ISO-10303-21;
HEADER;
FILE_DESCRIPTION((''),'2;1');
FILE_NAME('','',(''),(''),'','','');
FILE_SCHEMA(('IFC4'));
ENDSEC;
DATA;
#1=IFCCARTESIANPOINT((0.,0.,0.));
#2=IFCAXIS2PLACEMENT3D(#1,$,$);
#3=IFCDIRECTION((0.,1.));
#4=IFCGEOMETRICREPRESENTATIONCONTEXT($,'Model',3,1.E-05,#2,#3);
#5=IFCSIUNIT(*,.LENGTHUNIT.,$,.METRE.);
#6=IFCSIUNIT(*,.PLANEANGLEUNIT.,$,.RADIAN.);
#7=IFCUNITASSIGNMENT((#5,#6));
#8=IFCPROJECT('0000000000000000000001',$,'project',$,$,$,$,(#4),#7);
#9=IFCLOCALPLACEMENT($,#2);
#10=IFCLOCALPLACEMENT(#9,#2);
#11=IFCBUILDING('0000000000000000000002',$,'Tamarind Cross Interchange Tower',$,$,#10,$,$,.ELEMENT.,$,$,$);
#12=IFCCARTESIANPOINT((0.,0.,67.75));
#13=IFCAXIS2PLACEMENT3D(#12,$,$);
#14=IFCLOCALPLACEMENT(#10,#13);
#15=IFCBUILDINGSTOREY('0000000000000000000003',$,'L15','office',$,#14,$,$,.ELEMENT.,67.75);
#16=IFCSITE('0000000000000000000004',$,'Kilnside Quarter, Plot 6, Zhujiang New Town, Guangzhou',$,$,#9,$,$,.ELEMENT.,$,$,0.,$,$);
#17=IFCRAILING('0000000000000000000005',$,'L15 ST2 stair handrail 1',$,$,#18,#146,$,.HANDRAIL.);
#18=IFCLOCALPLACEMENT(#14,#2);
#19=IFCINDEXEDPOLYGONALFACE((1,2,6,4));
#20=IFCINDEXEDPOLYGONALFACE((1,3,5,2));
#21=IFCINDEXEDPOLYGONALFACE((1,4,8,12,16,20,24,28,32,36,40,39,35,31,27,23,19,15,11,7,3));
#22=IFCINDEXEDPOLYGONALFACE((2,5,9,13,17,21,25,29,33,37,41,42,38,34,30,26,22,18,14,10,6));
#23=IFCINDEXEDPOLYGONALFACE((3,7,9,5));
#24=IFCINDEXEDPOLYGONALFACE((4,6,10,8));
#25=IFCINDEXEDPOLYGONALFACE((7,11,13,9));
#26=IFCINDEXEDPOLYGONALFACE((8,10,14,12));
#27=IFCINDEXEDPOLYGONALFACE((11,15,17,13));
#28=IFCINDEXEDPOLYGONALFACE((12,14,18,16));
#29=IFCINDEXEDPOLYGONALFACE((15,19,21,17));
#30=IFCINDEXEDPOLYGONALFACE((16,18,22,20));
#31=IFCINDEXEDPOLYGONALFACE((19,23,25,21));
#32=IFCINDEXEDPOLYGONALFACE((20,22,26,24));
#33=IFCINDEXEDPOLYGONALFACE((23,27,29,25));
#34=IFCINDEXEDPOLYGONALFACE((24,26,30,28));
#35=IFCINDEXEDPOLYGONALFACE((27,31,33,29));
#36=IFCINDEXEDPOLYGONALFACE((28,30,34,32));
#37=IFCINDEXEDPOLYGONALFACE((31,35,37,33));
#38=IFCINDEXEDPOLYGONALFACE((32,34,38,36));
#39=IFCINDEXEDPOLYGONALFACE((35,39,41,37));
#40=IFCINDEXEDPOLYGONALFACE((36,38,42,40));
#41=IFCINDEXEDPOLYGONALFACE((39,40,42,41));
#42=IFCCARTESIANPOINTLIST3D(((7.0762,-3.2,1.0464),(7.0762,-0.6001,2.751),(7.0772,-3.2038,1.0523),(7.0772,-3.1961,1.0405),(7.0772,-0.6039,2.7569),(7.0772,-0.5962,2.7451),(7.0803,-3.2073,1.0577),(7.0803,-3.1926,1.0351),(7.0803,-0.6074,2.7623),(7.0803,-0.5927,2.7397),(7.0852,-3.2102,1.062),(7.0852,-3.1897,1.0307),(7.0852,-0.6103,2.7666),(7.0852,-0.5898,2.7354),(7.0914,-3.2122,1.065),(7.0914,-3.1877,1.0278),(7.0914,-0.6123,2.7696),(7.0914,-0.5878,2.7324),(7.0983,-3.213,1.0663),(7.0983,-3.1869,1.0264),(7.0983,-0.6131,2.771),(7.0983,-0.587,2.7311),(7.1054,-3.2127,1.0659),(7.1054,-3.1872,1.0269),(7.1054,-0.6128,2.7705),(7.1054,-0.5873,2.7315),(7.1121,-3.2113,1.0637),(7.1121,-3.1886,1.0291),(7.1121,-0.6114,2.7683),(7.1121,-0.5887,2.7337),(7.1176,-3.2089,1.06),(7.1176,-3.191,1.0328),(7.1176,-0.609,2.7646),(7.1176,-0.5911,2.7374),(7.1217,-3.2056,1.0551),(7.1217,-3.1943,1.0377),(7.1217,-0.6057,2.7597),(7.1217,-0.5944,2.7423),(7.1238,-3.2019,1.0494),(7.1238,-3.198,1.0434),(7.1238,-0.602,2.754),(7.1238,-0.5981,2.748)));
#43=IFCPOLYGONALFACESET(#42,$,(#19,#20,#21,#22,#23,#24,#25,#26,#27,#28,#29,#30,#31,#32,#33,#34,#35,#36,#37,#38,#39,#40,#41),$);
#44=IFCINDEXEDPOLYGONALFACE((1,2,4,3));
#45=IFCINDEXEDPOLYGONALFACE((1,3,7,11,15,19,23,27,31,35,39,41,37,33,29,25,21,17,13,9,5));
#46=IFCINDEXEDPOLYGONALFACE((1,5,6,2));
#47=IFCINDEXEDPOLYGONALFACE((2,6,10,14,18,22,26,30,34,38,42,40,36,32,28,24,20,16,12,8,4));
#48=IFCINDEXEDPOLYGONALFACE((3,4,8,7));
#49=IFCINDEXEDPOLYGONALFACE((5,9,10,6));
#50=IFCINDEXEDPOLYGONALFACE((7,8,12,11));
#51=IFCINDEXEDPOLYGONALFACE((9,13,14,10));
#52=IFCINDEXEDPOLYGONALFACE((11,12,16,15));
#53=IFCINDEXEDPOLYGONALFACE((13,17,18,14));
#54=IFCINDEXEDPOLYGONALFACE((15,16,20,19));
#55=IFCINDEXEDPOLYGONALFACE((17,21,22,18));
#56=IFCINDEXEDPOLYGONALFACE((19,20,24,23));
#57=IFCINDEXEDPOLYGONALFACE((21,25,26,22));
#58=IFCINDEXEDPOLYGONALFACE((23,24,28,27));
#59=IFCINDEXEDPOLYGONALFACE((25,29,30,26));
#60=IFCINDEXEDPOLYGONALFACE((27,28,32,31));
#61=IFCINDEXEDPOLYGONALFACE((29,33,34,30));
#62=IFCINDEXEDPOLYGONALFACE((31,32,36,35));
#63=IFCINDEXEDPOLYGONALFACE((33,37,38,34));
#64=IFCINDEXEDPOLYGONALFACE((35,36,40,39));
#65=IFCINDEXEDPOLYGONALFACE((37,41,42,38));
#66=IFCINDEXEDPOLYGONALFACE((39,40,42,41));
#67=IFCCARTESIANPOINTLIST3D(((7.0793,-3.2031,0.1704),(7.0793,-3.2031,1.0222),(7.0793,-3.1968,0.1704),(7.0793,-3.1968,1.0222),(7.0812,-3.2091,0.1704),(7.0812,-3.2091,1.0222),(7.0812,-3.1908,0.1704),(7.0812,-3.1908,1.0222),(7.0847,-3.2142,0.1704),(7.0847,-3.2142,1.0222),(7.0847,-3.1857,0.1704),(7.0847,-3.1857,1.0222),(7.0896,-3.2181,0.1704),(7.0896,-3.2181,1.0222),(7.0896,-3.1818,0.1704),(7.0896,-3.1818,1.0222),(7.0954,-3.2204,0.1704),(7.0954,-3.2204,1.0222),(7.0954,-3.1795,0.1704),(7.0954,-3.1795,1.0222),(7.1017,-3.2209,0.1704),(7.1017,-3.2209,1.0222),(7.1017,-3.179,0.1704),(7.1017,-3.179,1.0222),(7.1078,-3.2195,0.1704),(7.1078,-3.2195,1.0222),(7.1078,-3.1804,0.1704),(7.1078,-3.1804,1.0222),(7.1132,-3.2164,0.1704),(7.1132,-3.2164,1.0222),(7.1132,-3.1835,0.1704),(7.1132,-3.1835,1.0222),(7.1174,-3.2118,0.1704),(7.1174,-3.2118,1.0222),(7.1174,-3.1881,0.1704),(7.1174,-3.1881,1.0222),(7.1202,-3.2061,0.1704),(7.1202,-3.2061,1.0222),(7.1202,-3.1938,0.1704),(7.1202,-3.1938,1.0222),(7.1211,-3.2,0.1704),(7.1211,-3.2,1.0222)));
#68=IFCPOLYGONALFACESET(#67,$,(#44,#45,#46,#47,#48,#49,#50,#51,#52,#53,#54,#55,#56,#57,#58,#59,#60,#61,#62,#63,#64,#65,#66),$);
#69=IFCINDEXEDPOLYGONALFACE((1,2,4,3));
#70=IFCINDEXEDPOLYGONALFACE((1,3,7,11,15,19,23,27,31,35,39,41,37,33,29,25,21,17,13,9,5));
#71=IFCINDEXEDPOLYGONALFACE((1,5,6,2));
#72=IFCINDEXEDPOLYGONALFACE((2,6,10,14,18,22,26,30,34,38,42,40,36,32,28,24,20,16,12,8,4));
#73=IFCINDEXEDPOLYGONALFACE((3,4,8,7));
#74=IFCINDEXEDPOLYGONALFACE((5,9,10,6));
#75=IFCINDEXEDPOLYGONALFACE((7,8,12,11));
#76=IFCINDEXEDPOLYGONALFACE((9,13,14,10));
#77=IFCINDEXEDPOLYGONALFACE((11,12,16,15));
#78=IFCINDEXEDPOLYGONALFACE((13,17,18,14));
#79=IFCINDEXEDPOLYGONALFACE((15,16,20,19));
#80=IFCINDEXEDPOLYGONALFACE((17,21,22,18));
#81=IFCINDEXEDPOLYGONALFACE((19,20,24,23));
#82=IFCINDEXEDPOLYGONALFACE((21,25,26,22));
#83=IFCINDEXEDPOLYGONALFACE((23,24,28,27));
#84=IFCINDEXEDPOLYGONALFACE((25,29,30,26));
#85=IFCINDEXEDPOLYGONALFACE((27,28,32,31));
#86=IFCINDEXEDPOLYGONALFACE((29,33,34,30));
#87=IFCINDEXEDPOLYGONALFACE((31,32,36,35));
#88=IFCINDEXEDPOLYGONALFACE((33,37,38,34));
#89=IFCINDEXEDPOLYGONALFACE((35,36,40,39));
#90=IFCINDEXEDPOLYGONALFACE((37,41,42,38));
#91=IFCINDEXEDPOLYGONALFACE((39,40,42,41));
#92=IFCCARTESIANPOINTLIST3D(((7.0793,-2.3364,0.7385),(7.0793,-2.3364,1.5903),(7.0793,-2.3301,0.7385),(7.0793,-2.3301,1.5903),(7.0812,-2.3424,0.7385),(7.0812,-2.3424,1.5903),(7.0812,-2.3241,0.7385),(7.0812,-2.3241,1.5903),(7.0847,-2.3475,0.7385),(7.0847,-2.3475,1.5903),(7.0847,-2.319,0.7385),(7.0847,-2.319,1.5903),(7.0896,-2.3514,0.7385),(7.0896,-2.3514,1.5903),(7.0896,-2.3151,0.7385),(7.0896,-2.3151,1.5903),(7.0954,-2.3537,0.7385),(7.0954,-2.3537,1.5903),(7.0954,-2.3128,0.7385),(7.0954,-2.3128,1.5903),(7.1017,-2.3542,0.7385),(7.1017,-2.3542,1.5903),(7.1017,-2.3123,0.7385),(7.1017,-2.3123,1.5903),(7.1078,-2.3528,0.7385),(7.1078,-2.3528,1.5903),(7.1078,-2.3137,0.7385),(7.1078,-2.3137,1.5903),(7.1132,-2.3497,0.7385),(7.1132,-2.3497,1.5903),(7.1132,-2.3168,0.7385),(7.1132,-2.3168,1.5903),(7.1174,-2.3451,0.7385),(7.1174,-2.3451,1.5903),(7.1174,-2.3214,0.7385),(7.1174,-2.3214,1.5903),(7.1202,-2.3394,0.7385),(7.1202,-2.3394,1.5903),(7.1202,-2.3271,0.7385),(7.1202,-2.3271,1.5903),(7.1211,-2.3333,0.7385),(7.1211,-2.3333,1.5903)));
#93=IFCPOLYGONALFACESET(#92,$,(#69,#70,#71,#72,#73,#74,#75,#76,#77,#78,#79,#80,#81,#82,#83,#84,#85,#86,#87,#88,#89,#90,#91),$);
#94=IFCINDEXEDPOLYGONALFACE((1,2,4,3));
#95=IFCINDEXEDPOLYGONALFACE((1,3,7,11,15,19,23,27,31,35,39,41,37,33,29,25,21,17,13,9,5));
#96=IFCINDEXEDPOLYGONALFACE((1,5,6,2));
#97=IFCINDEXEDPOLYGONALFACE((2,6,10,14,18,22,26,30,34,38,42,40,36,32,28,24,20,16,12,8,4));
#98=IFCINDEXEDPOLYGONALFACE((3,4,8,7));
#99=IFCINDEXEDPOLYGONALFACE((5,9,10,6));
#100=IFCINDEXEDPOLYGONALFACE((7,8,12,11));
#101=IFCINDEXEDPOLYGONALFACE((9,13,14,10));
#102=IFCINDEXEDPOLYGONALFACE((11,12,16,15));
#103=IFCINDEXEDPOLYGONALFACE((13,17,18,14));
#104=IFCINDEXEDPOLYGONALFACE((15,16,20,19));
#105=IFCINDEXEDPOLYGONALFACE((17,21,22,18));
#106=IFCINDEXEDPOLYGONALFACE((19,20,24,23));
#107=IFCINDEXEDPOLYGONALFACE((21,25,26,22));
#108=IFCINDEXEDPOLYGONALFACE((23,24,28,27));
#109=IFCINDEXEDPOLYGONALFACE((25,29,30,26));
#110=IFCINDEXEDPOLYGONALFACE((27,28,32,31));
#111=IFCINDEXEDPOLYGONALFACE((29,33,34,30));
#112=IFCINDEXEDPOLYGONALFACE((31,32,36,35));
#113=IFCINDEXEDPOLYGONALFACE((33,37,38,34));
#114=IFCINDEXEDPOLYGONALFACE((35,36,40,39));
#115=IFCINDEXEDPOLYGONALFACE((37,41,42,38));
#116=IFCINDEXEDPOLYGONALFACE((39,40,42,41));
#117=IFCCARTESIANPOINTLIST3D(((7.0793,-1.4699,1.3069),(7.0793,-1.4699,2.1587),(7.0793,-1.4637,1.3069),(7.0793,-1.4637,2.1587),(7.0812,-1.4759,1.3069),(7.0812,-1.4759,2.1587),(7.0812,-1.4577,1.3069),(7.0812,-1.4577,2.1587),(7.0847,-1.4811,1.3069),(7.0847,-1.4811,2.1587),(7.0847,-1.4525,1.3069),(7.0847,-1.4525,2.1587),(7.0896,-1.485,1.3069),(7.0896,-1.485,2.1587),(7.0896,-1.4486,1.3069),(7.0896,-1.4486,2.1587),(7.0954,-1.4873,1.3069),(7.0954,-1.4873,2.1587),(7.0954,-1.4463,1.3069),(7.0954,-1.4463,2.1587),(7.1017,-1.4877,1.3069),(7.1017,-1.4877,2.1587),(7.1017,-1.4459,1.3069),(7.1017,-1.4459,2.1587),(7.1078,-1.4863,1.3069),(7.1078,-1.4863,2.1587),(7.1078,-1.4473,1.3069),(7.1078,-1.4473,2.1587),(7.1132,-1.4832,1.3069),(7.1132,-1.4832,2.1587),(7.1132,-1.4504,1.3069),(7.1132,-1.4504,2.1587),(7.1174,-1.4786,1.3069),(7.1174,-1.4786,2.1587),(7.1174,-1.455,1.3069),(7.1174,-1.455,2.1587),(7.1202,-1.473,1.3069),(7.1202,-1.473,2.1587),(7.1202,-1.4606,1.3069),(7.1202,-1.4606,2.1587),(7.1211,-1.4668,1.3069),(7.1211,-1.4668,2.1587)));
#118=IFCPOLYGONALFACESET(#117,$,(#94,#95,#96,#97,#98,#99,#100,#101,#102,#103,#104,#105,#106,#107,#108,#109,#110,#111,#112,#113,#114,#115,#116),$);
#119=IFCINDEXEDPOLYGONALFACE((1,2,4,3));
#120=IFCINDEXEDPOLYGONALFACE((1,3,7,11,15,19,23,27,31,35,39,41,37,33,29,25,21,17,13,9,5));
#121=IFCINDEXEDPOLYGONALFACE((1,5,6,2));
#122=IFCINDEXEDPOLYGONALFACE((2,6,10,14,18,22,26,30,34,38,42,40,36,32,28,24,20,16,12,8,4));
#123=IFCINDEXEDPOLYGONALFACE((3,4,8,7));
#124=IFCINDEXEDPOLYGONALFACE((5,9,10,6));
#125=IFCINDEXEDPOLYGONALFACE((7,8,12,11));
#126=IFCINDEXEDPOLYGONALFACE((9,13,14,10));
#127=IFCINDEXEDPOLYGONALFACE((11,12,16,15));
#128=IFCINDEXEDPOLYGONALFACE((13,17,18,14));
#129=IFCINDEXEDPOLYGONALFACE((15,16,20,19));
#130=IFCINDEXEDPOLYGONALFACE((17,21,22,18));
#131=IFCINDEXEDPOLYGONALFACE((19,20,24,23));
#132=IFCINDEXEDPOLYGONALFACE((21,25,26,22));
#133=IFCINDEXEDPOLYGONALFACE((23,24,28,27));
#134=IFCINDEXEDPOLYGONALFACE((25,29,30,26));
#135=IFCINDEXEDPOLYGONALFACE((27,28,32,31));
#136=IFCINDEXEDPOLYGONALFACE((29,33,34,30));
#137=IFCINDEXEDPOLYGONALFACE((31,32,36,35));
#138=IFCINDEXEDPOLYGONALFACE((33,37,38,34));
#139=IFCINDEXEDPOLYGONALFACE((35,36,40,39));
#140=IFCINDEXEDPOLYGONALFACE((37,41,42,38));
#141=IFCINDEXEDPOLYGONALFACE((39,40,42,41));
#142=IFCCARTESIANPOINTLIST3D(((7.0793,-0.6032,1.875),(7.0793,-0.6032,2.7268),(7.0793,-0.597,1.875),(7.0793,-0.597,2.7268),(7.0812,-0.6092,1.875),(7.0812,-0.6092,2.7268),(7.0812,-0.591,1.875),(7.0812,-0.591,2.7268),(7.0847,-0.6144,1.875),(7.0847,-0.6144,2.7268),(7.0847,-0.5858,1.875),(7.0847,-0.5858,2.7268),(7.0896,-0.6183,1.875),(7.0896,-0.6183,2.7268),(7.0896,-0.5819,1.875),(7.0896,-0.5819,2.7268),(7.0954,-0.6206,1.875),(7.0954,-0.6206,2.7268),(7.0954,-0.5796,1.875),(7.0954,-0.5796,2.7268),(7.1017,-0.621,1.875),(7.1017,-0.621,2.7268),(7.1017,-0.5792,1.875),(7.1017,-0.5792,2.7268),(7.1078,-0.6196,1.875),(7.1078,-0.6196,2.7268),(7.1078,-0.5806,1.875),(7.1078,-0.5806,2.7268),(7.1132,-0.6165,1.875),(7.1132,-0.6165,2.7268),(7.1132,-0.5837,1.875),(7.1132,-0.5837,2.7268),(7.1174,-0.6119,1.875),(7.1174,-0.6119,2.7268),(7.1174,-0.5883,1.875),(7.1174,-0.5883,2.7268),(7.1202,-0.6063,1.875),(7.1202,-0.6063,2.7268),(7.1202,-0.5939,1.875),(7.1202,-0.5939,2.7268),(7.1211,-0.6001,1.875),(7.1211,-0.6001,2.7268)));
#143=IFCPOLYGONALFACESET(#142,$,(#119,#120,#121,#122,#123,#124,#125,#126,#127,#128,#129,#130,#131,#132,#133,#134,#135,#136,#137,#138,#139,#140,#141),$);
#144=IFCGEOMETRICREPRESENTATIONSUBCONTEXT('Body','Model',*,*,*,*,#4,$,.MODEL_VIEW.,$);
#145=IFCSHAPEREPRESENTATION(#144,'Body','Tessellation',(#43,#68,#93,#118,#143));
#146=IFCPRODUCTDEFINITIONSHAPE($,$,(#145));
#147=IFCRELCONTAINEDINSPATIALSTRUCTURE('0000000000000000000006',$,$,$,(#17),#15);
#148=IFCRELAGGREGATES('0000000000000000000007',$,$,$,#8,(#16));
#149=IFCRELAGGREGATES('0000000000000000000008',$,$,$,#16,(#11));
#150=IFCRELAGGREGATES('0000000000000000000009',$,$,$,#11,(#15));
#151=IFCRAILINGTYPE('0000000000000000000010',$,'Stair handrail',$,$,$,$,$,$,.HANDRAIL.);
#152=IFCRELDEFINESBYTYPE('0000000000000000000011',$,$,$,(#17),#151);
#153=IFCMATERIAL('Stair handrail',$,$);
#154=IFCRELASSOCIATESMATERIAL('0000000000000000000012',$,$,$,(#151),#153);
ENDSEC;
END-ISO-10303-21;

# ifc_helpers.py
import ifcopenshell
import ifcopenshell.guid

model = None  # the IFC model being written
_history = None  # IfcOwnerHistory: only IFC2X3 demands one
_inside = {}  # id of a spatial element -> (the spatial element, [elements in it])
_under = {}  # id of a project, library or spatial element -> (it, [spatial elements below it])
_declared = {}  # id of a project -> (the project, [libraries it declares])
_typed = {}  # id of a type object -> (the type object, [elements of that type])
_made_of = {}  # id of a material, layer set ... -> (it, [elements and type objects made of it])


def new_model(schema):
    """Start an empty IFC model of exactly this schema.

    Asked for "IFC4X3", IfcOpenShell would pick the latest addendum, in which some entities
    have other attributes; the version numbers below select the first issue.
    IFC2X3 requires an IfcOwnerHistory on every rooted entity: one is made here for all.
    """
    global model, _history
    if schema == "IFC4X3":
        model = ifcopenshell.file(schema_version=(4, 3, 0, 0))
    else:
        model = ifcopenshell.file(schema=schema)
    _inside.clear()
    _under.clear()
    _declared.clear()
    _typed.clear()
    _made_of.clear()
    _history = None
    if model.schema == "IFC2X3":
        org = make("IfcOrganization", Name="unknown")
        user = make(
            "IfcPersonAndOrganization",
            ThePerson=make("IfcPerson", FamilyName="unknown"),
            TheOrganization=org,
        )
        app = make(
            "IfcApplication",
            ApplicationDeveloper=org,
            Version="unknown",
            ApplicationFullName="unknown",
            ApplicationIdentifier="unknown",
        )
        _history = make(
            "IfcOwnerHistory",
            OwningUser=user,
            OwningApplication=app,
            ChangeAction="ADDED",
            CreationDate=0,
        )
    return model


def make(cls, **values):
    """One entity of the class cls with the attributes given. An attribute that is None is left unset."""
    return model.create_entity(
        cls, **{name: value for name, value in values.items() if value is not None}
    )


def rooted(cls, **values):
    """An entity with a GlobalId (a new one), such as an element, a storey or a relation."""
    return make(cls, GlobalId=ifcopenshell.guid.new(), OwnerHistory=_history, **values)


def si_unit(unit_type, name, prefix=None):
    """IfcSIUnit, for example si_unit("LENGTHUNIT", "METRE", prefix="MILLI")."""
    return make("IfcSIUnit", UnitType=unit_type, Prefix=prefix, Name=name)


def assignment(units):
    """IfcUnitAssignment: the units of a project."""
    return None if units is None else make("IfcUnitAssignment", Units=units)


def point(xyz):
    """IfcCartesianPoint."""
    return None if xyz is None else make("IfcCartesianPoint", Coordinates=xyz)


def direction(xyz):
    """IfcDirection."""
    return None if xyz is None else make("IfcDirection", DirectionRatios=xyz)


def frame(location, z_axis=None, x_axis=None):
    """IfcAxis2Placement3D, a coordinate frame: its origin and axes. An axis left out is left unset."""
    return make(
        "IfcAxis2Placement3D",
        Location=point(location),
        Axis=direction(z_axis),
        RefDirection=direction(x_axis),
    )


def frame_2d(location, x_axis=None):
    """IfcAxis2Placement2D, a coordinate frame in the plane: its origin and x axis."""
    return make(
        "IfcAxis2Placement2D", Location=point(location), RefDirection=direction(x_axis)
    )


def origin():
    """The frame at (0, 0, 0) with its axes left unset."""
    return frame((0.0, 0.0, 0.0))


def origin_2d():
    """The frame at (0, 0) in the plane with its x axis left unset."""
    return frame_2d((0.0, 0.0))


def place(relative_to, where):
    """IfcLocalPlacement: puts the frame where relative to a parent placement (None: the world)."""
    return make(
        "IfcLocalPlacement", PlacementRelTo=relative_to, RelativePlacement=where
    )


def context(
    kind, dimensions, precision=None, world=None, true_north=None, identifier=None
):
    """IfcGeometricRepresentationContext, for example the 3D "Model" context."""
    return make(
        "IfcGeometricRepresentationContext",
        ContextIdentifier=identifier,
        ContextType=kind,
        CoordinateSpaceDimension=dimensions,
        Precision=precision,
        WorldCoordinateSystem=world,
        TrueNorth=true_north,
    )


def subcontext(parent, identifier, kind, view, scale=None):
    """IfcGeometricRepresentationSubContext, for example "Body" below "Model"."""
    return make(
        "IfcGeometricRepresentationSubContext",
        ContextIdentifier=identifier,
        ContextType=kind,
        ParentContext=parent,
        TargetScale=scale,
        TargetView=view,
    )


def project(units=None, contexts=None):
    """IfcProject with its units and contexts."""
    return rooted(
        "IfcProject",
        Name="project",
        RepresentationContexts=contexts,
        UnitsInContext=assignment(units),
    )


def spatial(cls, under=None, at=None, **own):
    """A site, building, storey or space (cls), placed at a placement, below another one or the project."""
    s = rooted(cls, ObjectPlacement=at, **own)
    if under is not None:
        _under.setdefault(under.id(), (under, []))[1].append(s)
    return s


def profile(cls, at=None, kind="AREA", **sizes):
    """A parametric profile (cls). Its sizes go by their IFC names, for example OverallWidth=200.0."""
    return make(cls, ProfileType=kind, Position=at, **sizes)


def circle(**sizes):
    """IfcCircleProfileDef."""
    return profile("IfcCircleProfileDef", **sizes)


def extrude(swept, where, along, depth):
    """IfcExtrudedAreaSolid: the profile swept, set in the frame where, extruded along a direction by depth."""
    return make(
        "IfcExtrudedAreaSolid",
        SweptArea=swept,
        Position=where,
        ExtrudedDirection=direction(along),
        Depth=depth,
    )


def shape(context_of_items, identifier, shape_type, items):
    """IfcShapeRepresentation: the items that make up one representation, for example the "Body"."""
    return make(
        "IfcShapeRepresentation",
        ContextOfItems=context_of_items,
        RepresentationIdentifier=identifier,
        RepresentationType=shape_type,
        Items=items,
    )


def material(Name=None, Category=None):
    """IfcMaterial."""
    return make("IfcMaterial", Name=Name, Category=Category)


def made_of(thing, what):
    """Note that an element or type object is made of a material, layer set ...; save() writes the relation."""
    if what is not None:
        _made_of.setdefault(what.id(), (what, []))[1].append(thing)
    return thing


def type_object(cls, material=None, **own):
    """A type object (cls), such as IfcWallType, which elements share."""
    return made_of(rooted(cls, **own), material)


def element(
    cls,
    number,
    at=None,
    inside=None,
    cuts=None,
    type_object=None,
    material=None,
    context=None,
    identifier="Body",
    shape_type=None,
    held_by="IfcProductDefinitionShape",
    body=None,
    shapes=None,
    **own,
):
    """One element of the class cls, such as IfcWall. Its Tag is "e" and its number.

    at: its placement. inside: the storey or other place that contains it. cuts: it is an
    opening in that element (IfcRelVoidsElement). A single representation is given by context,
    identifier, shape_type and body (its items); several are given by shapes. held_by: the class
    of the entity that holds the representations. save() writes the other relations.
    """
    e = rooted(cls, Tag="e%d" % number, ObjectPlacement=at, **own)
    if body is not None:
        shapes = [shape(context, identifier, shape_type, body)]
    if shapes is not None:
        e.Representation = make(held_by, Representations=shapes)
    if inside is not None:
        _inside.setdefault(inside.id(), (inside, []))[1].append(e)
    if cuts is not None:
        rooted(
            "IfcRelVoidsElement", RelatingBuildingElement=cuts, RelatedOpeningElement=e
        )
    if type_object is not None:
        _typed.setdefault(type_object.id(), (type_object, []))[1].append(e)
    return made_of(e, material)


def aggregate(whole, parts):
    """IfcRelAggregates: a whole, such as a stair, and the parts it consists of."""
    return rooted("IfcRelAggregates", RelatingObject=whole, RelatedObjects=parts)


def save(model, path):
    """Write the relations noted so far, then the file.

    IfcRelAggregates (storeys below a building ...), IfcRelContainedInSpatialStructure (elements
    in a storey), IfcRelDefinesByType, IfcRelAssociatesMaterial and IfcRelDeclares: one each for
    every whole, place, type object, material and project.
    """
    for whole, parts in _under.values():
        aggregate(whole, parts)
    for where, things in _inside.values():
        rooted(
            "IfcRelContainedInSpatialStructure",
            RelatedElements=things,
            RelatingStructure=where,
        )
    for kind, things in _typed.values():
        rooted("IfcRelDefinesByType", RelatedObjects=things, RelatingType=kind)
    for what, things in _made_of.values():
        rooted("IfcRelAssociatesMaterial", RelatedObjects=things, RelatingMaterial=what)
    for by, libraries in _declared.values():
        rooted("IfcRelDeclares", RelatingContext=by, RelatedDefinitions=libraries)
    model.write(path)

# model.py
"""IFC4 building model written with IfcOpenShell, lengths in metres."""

from ifc_helpers import new_model, si_unit, direction, frame, origin, origin_2d, place, context, subcontext, project, spatial, circle, extrude, material, type_object, element, save


model = new_model("IFC4")

# Units and contexts
model_context = context("Model", 3, precision=1e-05, world=origin(), true_north=direction((0.0, 1.0)))
body_context = subcontext(model_context, "Body", "Model", "MODEL_VIEW")
ifc_project = project(units=[si_unit("LENGTHUNIT", "METRE"), si_unit("PLANEANGLEUNIT", "RADIAN")], contexts=[model_context])

# Site, building, storey
site_placement = place(None, origin())
site = spatial("IfcSite", under=ifc_project, at=site_placement, Name="Kilnside Quarter, Plot 6, Zhujiang New Town, Guangzhou", CompositionType="ELEMENT", RefElevation=0.0)
building_placement = place(site_placement, origin())
building = spatial("IfcBuilding", under=site, at=building_placement, Name="Tamarind Cross Interchange Tower", CompositionType="ELEMENT")
storey_placement = place(building_placement, frame((0.0, 0.0, 67.75)))
storey = spatial("IfcBuildingStorey", under=building, at=storey_placement, Name="L15", Description="office", CompositionType="ELEMENT", Elevation=67.75)

# Railing
ifc_material_1 = material(Name="Stair handrail")
railing_type_1 = type_object("IfcRailingType", Name="Stair handrail", PredefinedType="HANDRAIL", material=ifc_material_1)
railing_1_placement = place(storey_placement, frame((7.1001, -3.2, 0.1704)))
element("IfcRailing", 1, at=railing_1_placement, inside=storey, type_object=railing_type_1, Name="L15 ST2 stair handrail 1", PredefinedType="HANDRAIL", context=body_context, shape_type="SweptSolid", body=[
    extrude(circle(Radius=0.0239, at=origin_2d()), frame((0.0, 0.0, 0.876), z_axis=(0.0, 0.836279, 0.548305), x_axis=(-1.0, 0.0, 0.0)), (0.0, 0.0, 1.0), 3.1089),
    extrude(circle(Radius=0.021, at=origin_2d()), origin(), (0.0, 0.0, 1.0), 0.8518),
    extrude(circle(Radius=0.021, at=origin_2d()), frame((0.0, 0.8667, 0.5681)), (0.0, 0.0, 1.0), 0.8518),
    extrude(circle(Radius=0.021, at=origin_2d()), frame((0.0, 1.7332, 1.1365)), (0.0, 0.0, 1.0), 0.8518),
    extrude(circle(Radius=0.021, at=origin_2d()), frame((0.0, 2.5999, 1.7046)), (0.0, 0.0, 1.0), 0.8518),
])

save(model, "model.ifc")
